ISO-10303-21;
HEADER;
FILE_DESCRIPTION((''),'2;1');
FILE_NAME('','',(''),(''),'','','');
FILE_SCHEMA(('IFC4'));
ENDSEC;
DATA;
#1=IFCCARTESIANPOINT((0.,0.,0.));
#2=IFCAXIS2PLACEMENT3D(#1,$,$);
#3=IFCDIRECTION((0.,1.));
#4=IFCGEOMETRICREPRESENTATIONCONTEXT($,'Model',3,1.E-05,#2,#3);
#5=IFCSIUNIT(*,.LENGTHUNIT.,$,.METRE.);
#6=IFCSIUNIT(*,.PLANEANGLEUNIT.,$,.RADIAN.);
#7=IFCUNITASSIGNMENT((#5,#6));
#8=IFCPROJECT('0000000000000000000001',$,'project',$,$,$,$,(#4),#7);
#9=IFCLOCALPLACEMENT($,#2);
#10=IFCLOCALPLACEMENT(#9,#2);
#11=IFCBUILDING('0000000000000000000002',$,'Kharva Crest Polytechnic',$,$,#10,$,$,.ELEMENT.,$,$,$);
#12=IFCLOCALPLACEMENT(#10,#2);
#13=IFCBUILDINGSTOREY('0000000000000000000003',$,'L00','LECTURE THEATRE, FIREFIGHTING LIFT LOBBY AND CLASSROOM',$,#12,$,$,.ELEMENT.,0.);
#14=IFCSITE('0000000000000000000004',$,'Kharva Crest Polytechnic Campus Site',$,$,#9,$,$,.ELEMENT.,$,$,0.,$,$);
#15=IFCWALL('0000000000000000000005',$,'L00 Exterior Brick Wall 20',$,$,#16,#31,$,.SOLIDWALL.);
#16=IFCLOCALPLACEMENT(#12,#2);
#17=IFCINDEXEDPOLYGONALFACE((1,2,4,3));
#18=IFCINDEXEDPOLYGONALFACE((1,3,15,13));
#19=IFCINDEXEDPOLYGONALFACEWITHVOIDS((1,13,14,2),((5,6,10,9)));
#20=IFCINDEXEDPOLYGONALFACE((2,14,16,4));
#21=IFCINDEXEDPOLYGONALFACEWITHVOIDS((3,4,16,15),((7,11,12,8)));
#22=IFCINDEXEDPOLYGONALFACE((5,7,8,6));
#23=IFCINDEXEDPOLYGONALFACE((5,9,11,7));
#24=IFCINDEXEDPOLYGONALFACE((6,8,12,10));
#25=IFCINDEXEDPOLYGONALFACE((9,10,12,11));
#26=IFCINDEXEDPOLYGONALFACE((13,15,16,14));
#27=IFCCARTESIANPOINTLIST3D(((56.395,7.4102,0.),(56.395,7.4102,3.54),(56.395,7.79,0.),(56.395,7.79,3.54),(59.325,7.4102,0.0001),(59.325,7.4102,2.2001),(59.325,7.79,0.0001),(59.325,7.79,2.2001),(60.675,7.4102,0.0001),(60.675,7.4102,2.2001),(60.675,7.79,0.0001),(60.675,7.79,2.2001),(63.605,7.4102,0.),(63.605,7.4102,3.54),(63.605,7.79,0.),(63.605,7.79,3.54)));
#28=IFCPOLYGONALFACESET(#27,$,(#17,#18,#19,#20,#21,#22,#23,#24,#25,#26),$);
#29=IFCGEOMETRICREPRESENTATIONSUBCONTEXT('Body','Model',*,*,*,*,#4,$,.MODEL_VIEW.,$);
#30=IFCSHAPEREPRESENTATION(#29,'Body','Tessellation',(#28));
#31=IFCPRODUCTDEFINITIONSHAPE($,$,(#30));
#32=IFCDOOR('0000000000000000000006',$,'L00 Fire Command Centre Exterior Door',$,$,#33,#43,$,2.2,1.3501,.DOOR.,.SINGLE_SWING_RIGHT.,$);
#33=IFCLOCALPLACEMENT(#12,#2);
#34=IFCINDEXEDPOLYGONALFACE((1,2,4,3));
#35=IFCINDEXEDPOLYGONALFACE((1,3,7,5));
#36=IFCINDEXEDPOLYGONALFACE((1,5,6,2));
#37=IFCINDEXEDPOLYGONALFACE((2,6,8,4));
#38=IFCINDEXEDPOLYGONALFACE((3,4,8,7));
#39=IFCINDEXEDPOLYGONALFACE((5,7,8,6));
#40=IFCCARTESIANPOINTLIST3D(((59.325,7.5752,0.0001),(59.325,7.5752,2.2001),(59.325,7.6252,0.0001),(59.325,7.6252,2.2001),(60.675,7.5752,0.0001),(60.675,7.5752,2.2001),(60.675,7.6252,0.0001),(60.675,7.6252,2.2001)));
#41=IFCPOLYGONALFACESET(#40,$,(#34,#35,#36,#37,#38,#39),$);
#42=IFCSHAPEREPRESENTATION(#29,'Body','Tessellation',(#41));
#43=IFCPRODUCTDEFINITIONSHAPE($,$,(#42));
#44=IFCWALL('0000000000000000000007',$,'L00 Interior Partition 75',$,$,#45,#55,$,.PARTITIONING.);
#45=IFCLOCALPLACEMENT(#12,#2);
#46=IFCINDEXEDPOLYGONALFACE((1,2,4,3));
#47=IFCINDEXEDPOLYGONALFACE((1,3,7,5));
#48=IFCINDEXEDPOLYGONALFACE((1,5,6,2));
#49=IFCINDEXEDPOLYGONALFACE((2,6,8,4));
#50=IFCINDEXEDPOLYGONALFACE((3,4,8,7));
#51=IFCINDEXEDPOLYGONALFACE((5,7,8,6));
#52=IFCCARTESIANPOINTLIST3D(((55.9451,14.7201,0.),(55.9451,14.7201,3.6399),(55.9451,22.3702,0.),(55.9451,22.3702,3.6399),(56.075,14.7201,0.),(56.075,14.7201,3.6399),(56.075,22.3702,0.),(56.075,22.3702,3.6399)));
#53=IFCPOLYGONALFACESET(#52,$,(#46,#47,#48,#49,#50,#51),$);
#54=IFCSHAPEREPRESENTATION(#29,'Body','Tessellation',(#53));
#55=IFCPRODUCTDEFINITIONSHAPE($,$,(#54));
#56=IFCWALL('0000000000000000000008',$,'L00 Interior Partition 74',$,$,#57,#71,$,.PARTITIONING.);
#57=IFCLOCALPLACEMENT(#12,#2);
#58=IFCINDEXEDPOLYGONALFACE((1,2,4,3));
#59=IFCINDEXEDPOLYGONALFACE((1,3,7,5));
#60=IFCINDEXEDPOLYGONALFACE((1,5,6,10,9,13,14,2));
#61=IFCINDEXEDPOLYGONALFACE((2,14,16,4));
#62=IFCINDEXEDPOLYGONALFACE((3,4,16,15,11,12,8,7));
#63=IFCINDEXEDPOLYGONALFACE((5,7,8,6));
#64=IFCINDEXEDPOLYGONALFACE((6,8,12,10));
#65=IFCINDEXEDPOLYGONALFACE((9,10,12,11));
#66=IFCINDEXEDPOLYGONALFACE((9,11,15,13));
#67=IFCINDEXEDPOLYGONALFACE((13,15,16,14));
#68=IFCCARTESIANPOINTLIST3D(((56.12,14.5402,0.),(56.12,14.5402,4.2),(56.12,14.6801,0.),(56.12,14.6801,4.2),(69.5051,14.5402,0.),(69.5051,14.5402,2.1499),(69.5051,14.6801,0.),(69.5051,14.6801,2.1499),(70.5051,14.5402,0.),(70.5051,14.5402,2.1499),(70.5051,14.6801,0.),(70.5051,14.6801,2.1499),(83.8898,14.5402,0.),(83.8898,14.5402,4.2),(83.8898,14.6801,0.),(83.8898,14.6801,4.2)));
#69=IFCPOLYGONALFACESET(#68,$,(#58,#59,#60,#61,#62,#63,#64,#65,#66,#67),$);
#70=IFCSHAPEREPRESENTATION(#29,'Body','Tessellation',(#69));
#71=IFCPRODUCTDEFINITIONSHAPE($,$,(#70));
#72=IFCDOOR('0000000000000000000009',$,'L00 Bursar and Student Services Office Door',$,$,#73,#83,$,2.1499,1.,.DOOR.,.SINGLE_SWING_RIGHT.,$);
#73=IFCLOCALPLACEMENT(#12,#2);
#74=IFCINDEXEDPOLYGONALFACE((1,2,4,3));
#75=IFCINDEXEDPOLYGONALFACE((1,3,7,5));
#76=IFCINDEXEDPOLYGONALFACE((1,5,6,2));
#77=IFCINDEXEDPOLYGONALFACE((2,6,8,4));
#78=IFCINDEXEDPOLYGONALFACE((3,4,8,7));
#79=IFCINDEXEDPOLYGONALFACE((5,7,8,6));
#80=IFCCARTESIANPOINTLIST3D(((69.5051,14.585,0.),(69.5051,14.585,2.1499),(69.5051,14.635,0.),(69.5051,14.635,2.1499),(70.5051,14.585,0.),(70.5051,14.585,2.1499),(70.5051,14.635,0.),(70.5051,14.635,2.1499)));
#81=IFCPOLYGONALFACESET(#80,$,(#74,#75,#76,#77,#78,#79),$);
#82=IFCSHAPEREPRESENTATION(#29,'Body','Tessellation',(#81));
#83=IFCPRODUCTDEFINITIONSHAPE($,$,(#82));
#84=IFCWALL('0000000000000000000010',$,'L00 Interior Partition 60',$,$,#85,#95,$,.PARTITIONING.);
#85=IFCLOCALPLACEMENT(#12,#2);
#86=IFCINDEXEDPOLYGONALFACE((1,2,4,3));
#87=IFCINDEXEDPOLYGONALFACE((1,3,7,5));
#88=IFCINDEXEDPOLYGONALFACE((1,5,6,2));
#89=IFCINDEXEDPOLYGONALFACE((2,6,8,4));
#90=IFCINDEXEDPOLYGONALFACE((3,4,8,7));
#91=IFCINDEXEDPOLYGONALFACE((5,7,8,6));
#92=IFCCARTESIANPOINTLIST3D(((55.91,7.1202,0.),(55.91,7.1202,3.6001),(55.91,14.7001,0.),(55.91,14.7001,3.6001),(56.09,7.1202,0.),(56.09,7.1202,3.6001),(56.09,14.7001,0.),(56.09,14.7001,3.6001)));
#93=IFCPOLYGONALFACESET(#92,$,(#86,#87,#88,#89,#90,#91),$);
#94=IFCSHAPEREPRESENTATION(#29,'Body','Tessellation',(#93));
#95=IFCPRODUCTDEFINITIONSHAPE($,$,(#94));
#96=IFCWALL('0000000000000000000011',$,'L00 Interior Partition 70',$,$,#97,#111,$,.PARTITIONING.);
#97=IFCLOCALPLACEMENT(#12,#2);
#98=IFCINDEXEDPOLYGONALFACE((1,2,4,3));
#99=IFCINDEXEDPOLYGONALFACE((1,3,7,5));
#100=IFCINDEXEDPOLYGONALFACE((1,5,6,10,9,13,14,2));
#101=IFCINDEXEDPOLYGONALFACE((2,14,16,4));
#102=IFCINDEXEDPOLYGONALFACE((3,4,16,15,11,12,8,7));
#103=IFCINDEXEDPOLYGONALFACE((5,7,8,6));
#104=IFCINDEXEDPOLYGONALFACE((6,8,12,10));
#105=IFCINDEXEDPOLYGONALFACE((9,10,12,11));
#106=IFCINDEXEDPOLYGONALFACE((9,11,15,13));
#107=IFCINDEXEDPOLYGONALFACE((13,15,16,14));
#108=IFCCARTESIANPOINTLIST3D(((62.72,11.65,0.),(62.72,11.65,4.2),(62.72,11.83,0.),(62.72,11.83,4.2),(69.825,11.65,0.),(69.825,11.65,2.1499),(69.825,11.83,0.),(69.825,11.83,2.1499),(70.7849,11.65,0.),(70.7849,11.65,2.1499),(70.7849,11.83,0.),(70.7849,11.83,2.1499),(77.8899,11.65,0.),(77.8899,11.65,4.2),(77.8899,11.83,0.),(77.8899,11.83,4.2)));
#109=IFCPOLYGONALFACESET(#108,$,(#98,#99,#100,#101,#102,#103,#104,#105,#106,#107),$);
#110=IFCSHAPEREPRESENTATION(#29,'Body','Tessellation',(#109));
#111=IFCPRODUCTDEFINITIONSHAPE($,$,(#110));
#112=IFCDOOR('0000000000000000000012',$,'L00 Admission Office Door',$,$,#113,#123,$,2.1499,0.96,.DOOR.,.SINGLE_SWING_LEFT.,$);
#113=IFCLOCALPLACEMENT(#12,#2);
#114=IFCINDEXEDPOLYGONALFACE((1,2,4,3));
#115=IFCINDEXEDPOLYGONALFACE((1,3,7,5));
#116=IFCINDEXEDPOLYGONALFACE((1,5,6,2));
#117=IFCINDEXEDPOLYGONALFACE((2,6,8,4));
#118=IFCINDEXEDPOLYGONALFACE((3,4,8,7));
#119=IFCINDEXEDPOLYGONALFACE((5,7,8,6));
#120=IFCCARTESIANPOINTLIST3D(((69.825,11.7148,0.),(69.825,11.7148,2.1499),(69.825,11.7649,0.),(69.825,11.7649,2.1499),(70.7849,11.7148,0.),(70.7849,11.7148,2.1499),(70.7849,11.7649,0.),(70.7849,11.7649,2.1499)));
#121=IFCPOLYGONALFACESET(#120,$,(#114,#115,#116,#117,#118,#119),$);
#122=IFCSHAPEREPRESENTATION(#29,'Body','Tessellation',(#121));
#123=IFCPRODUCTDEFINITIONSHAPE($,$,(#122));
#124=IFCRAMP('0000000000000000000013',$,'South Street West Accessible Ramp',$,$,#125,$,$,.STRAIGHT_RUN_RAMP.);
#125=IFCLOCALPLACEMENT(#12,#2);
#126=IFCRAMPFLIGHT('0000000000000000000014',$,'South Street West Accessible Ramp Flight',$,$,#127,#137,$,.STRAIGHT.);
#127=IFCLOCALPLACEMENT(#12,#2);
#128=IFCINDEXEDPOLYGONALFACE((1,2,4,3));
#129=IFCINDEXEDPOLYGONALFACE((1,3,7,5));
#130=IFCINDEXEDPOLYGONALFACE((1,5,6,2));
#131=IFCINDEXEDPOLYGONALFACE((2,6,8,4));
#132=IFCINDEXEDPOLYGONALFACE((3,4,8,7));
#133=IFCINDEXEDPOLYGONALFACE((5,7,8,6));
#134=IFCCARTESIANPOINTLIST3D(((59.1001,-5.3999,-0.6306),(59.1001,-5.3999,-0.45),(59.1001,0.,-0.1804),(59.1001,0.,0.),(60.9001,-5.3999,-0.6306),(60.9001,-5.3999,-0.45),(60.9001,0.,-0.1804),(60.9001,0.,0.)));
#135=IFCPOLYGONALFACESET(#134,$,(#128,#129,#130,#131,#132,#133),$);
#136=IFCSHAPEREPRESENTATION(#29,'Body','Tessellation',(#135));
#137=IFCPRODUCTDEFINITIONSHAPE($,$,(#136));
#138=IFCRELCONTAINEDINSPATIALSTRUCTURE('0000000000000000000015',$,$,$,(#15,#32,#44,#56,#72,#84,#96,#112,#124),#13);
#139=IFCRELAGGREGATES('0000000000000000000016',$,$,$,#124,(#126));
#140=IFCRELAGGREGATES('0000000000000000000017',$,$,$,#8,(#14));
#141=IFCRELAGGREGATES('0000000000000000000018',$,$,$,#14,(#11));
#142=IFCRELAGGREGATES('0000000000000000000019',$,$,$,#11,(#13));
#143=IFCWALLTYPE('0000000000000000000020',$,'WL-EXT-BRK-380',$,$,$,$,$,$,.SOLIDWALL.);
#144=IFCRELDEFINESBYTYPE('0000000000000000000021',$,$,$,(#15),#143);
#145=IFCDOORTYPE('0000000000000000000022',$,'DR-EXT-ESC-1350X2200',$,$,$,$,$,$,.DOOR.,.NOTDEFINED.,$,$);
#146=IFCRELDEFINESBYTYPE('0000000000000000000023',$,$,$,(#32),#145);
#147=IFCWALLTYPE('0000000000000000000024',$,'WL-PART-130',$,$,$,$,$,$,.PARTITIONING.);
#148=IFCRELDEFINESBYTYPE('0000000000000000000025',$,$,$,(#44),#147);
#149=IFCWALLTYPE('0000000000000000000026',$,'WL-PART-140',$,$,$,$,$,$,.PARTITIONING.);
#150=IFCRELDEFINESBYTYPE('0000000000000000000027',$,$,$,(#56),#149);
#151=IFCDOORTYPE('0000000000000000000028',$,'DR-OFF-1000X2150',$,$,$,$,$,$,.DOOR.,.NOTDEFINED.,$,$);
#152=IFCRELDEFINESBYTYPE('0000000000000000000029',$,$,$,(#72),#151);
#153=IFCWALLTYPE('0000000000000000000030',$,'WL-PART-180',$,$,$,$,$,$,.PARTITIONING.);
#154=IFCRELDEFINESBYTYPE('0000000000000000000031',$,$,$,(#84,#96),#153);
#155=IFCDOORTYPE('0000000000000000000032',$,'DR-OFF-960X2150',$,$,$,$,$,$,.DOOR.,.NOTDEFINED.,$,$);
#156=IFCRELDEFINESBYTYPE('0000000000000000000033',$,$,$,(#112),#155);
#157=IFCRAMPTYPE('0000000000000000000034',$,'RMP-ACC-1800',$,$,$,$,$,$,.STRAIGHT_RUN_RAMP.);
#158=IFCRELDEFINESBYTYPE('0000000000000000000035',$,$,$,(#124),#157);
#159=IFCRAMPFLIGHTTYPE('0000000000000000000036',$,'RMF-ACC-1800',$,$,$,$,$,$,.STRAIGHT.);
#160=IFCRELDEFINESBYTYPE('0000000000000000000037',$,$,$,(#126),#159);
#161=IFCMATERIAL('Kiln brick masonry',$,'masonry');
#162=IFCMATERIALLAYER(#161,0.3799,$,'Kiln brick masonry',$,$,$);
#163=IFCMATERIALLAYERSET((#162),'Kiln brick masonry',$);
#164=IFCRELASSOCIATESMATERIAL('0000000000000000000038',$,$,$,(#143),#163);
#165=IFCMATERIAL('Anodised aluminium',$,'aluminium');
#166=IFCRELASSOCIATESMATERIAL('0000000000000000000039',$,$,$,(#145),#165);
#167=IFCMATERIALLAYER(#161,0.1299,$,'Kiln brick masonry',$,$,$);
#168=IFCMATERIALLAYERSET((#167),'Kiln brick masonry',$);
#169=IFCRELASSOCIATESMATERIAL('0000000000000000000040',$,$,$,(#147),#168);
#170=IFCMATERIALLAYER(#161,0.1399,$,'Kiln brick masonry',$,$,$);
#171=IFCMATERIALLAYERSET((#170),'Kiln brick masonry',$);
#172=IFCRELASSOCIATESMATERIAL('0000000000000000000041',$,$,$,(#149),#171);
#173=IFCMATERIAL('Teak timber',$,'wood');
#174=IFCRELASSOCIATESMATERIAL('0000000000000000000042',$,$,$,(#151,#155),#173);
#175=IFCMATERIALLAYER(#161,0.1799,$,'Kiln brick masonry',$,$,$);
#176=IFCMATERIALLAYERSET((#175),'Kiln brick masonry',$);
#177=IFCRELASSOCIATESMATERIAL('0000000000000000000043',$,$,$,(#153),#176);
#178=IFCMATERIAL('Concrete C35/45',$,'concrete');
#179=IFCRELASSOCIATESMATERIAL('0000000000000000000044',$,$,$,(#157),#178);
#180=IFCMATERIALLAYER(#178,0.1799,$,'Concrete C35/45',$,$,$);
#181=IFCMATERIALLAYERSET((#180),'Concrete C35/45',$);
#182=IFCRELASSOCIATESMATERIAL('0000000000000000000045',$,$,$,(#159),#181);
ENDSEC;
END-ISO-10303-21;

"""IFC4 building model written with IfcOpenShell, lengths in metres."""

from ifc_helpers import new_model, si_unit, direction, frame, frame_2d, origin, place, context, subcontext, project, spatial, polyline, rectangle, outline, extrude, material, layer, layer_set, type_object, element, fill, aggregate, save


model = new_model("IFC4")

# Units and contexts
model_context = context("Model", 3, precision=1e-05, world=origin(), true_north=direction((0.0, 1.0)))
body_context = subcontext(model_context, "Body", "Model", "MODEL_VIEW")
ifc_project = project(units=[si_unit("LENGTHUNIT", "METRE"), si_unit("PLANEANGLEUNIT", "RADIAN")], contexts=[model_context])

# Site, building, storey
site_placement = place(None, origin())
site = spatial("IfcSite", under=ifc_project, at=site_placement, Name="Kharva Crest Polytechnic Campus Site", CompositionType="ELEMENT", RefElevation=0.0)
building_placement = place(site_placement, origin())
building = spatial("IfcBuilding", under=site, at=building_placement, Name="Kharva Crest Polytechnic", CompositionType="ELEMENT")
storey_placement = place(building_placement, origin())
storey = spatial("IfcBuildingStorey", under=building, at=storey_placement, Name="L00", Description="LECTURE THEATRE, FIREFIGHTING LIFT LOBBY AND CLASSROOM", CompositionType="ELEMENT", Elevation=0.0)

# Shared definitions
ifc_material_1 = material(Name="Concrete C35/45", Category="concrete")

# Shared definitions
ifc_material_2 = material(Name="Teak timber", Category="wood")

# Shared definitions
ifc_material_3 = material(Name="Kiln brick masonry", Category="masonry")

# Wall, opening, door
ifc_layer_1 = layer(ifc_material_3, 0.3799, Name="Kiln brick masonry")
ifc_layer_set_1 = layer_set([ifc_layer_1], Name="Kiln brick masonry")
wall_type_1 = type_object("IfcWallType", Name="WL-EXT-BRK-380", PredefinedType="SOLIDWALL", material=ifc_layer_set_1)
wall_1_placement = place(storey_placement, frame((56.395, 7.6001, 0.0), z_axis=(0.0, 0.0, 1.0), x_axis=(1.0, 0.0, 0.0)))
wall_1 = element("IfcWall", 1, at=wall_1_placement, inside=storey, type_object=wall_type_1, Name="L00 Exterior Brick Wall 20", PredefinedType="SOLIDWALL", context=body_context, shape_type="SweptSolid", body=[
    extrude(rectangle(XDim=7.21, YDim=0.3799, at=frame_2d((3.605, 0.0))), origin(), (0.0, 0.0, 1.0), 3.54),
])
opening_1_placement = place(wall_1_placement, frame((2.9299, 0.0, 0.0)))
opening_1 = element("IfcOpeningElement", 2, at=opening_1_placement, cuts=wall_1, PredefinedType="OPENING", context=body_context, shape_type="SweptSolid", body=[
    extrude(rectangle(XDim=1.3501, YDim=2.2, at=frame_2d((0.675, 1.1001))), frame((0.0, 0.2, 0.0), z_axis=(0.0, -1.0, 0.0), x_axis=(1.0, 0.0, 0.0)), (0.0, 0.0, 1.0), 0.3999),
])
ifc_material_4 = material(Name="Anodised aluminium", Category="aluminium")
door_type_1 = type_object("IfcDoorType", Name="DR-EXT-ESC-1350X2200", OperationType="NOTDEFINED", PredefinedType="DOOR", material=ifc_material_4)
door_1_placement = place(opening_1_placement, frame((1.3501, 0.0, 0.0), z_axis=(0.0, 0.0, 1.0), x_axis=(-1.0, 0.0, 0.0)))
door_1 = element("IfcDoor", 3, at=door_1_placement, inside=storey, type_object=door_type_1, Name="L00 Fire Command Centre Exterior Door", OperationType="SINGLE_SWING_RIGHT", OverallHeight=2.2, OverallWidth=1.3501, PredefinedType="DOOR", context=body_context, shape_type="SweptSolid", body=[
    extrude(rectangle(XDim=1.3501, YDim=2.2, at=frame_2d((0.675, 1.1001))), frame((0.0, 0.0249, 0.0), z_axis=(0.0, -1.0, 0.0), x_axis=(1.0, 0.0, 0.0)), (0.0, 0.0, 1.0), 0.05),
])
fill(opening_1, door_1)

# Wall
ifc_layer_2 = layer(ifc_material_3, 0.1299, Name="Kiln brick masonry")
ifc_layer_set_2 = layer_set([ifc_layer_2], Name="Kiln brick masonry")
wall_type_2 = type_object("IfcWallType", Name="WL-PART-130", PredefinedType="PARTITIONING", material=ifc_layer_set_2)
wall_2_placement = place(storey_placement, frame((56.01, 14.72, 0.0), z_axis=(0.0, 0.0, 1.0), x_axis=(0.0, 1.0, 0.0)))
element("IfcWall", 4, at=wall_2_placement, inside=storey, type_object=wall_type_2, Name="L00 Interior Partition 75", PredefinedType="PARTITIONING", context=body_context, shape_type="SweptSolid", body=[
    extrude(rectangle(XDim=7.6501, YDim=0.1299, at=frame_2d((3.8252, 0.0))), origin(), (0.0, 0.0, 1.0), 3.6399),
])

# Wall, opening, door
ifc_layer_3 = layer(ifc_material_3, 0.1399, Name="Kiln brick masonry")
ifc_layer_set_3 = layer_set([ifc_layer_3], Name="Kiln brick masonry")
wall_type_3 = type_object("IfcWallType", Name="WL-PART-140", PredefinedType="PARTITIONING", material=ifc_layer_set_3)
wall_3_placement = place(storey_placement, frame((56.1201, 14.6101, 0.0), z_axis=(0.0, 0.0, 1.0), x_axis=(1.0, 0.0, 0.0)))
wall_3 = element("IfcWall", 5, at=wall_3_placement, inside=storey, type_object=wall_type_3, Name="L00 Interior Partition 74", PredefinedType="PARTITIONING", context=body_context, shape_type="SweptSolid", body=[
    extrude(rectangle(XDim=27.7698, YDim=0.1399, at=frame_2d((13.8848, 0.0))), origin(), (0.0, 0.0, 1.0), 4.2),
])
opening_2_placement = place(wall_3_placement, frame((13.385, 0.0, 0.0)))
opening_2 = element("IfcOpeningElement", 6, at=opening_2_placement, cuts=wall_3, PredefinedType="OPENING", context=body_context, shape_type="SweptSolid", body=[
    extrude(rectangle(XDim=1.0, YDim=2.1499, at=frame_2d((0.5, 1.075))), frame((0.0, 0.0798, 0.0), z_axis=(0.0, -1.0, 0.0), x_axis=(1.0, 0.0, 0.0)), (0.0, 0.0, 1.0), 0.1599),
])
door_type_2 = type_object("IfcDoorType", Name="DR-OFF-1000X2150", OperationType="NOTDEFINED", PredefinedType="DOOR", material=ifc_material_2)
door_2_placement = place(opening_2_placement, origin())
door_2 = element("IfcDoor", 7, at=door_2_placement, inside=storey, type_object=door_type_2, Name="L00 Bursar and Student Services Office Door", OperationType="SINGLE_SWING_RIGHT", OverallHeight=2.1499, OverallWidth=1.0, PredefinedType="DOOR", context=body_context, shape_type="SweptSolid", body=[
    extrude(rectangle(XDim=1.0, YDim=2.1499, at=frame_2d((0.5, 1.075))), frame((0.0, 0.0249, 0.0), z_axis=(0.0, -1.0, 0.0), x_axis=(1.0, 0.0, 0.0)), (0.0, 0.0, 1.0), 0.05),
])
fill(opening_2, door_2)

# Wall
ifc_layer_4 = layer(ifc_material_3, 0.1799, Name="Kiln brick masonry")
ifc_layer_set_4 = layer_set([ifc_layer_4], Name="Kiln brick masonry")
wall_type_4 = type_object("IfcWallType", Name="WL-PART-180", PredefinedType="PARTITIONING", material=ifc_layer_set_4)
wall_4_placement = place(storey_placement, frame((56.0, 7.1201, 0.0), z_axis=(0.0, 0.0, 1.0), x_axis=(0.0, 1.0, 0.0)))
element("IfcWall", 8, at=wall_4_placement, inside=storey, type_object=wall_type_4, Name="L00 Interior Partition 60", PredefinedType="PARTITIONING", context=body_context, shape_type="SweptSolid", body=[
    extrude(rectangle(XDim=7.5798, YDim=0.1799, at=frame_2d((3.79, 0.0))), origin(), (0.0, 0.0, 1.0), 3.6001),
])

# Wall, opening, door
wall_5_placement = place(storey_placement, frame((62.72, 11.74, 0.0), z_axis=(0.0, 0.0, 1.0), x_axis=(1.0, 0.0, 0.0)))
wall_5 = element("IfcWall", 9, at=wall_5_placement, inside=storey, type_object=wall_type_4, Name="L00 Interior Partition 70", PredefinedType="PARTITIONING", context=body_context, shape_type="SweptSolid", body=[
    extrude(rectangle(XDim=15.1699, YDim=0.1799, at=frame_2d((7.585, 0.0))), origin(), (0.0, 0.0, 1.0), 4.2),
])
opening_3_placement = place(wall_5_placement, frame((7.105, 0.0, 0.0)))
opening_3 = element("IfcOpeningElement", 10, at=opening_3_placement, cuts=wall_5, PredefinedType="OPENING", context=body_context, shape_type="SweptSolid", body=[
    extrude(rectangle(XDim=0.96, YDim=2.1499, at=frame_2d((0.48, 1.075))), frame((0.0, 0.0999, 0.0), z_axis=(0.0, -1.0, 0.0), x_axis=(1.0, 0.0, 0.0)), (0.0, 0.0, 1.0), 0.2),
])
door_type_3 = type_object("IfcDoorType", Name="DR-OFF-960X2150", OperationType="NOTDEFINED", PredefinedType="DOOR", material=ifc_material_2)
door_3_placement = place(opening_3_placement, origin())
door_3 = element("IfcDoor", 11, at=door_3_placement, inside=storey, type_object=door_type_3, Name="L00 Admission Office Door", OperationType="SINGLE_SWING_LEFT", OverallHeight=2.1499, OverallWidth=0.96, PredefinedType="DOOR", context=body_context, shape_type="SweptSolid", body=[
    extrude(rectangle(XDim=0.96, YDim=2.1499, at=frame_2d((0.48, 1.075))), frame((0.0, 0.0249, 0.0), z_axis=(0.0, -1.0, 0.0), x_axis=(1.0, 0.0, 0.0)), (0.0, 0.0, 1.0), 0.05),
])
fill(opening_3, door_3)

# Ramp, ramp flight
ramp_type = type_object("IfcRampType", Name="RMP-ACC-1800", PredefinedType="STRAIGHT_RUN_RAMP", material=ifc_material_1)
ramp_placement = place(storey_placement, origin())
ramp = element("IfcRamp", 12, at=ramp_placement, inside=storey, type_object=ramp_type, Name="South Street West Accessible Ramp", PredefinedType="STRAIGHT_RUN_RAMP")
ifc_layer_5 = layer(ifc_material_1, 0.1799, Name="Concrete C35/45")
ifc_layer_set_5 = layer_set([ifc_layer_5], Name="Concrete C35/45")
ramp_flight_type = type_object("IfcRampFlightType", Name="RMF-ACC-1800", PredefinedType="STRAIGHT", material=ifc_layer_set_5)
ramp_flight_placement = place(storey_placement, frame((60.0, -5.3999, -0.45), z_axis=(0.0, 0.0, 1.0), x_axis=(0.0, 1.0, 0.0)))
ramp_flight = element("IfcRampFlight", 13, at=ramp_flight_placement, type_object=ramp_flight_type, Name="South Street West Accessible Ramp Flight", PredefinedType="STRAIGHT", context=body_context, shape_type="SweptSolid", body=[
    extrude(outline(polyline([(0.0, 0.0), (5.3999, 0.45), (5.3999, 0.2695), (0.0, -0.1807), (0.0, 0.0)])), frame((0.0, 0.8999, 0.0), z_axis=(0.0, -1.0, 0.0), x_axis=(1.0, 0.0, 0.0)), (0.0, 0.0, 1.0), 1.8),
])
aggregate(ramp, [ramp_flight])

save(model, "model.ifc")
